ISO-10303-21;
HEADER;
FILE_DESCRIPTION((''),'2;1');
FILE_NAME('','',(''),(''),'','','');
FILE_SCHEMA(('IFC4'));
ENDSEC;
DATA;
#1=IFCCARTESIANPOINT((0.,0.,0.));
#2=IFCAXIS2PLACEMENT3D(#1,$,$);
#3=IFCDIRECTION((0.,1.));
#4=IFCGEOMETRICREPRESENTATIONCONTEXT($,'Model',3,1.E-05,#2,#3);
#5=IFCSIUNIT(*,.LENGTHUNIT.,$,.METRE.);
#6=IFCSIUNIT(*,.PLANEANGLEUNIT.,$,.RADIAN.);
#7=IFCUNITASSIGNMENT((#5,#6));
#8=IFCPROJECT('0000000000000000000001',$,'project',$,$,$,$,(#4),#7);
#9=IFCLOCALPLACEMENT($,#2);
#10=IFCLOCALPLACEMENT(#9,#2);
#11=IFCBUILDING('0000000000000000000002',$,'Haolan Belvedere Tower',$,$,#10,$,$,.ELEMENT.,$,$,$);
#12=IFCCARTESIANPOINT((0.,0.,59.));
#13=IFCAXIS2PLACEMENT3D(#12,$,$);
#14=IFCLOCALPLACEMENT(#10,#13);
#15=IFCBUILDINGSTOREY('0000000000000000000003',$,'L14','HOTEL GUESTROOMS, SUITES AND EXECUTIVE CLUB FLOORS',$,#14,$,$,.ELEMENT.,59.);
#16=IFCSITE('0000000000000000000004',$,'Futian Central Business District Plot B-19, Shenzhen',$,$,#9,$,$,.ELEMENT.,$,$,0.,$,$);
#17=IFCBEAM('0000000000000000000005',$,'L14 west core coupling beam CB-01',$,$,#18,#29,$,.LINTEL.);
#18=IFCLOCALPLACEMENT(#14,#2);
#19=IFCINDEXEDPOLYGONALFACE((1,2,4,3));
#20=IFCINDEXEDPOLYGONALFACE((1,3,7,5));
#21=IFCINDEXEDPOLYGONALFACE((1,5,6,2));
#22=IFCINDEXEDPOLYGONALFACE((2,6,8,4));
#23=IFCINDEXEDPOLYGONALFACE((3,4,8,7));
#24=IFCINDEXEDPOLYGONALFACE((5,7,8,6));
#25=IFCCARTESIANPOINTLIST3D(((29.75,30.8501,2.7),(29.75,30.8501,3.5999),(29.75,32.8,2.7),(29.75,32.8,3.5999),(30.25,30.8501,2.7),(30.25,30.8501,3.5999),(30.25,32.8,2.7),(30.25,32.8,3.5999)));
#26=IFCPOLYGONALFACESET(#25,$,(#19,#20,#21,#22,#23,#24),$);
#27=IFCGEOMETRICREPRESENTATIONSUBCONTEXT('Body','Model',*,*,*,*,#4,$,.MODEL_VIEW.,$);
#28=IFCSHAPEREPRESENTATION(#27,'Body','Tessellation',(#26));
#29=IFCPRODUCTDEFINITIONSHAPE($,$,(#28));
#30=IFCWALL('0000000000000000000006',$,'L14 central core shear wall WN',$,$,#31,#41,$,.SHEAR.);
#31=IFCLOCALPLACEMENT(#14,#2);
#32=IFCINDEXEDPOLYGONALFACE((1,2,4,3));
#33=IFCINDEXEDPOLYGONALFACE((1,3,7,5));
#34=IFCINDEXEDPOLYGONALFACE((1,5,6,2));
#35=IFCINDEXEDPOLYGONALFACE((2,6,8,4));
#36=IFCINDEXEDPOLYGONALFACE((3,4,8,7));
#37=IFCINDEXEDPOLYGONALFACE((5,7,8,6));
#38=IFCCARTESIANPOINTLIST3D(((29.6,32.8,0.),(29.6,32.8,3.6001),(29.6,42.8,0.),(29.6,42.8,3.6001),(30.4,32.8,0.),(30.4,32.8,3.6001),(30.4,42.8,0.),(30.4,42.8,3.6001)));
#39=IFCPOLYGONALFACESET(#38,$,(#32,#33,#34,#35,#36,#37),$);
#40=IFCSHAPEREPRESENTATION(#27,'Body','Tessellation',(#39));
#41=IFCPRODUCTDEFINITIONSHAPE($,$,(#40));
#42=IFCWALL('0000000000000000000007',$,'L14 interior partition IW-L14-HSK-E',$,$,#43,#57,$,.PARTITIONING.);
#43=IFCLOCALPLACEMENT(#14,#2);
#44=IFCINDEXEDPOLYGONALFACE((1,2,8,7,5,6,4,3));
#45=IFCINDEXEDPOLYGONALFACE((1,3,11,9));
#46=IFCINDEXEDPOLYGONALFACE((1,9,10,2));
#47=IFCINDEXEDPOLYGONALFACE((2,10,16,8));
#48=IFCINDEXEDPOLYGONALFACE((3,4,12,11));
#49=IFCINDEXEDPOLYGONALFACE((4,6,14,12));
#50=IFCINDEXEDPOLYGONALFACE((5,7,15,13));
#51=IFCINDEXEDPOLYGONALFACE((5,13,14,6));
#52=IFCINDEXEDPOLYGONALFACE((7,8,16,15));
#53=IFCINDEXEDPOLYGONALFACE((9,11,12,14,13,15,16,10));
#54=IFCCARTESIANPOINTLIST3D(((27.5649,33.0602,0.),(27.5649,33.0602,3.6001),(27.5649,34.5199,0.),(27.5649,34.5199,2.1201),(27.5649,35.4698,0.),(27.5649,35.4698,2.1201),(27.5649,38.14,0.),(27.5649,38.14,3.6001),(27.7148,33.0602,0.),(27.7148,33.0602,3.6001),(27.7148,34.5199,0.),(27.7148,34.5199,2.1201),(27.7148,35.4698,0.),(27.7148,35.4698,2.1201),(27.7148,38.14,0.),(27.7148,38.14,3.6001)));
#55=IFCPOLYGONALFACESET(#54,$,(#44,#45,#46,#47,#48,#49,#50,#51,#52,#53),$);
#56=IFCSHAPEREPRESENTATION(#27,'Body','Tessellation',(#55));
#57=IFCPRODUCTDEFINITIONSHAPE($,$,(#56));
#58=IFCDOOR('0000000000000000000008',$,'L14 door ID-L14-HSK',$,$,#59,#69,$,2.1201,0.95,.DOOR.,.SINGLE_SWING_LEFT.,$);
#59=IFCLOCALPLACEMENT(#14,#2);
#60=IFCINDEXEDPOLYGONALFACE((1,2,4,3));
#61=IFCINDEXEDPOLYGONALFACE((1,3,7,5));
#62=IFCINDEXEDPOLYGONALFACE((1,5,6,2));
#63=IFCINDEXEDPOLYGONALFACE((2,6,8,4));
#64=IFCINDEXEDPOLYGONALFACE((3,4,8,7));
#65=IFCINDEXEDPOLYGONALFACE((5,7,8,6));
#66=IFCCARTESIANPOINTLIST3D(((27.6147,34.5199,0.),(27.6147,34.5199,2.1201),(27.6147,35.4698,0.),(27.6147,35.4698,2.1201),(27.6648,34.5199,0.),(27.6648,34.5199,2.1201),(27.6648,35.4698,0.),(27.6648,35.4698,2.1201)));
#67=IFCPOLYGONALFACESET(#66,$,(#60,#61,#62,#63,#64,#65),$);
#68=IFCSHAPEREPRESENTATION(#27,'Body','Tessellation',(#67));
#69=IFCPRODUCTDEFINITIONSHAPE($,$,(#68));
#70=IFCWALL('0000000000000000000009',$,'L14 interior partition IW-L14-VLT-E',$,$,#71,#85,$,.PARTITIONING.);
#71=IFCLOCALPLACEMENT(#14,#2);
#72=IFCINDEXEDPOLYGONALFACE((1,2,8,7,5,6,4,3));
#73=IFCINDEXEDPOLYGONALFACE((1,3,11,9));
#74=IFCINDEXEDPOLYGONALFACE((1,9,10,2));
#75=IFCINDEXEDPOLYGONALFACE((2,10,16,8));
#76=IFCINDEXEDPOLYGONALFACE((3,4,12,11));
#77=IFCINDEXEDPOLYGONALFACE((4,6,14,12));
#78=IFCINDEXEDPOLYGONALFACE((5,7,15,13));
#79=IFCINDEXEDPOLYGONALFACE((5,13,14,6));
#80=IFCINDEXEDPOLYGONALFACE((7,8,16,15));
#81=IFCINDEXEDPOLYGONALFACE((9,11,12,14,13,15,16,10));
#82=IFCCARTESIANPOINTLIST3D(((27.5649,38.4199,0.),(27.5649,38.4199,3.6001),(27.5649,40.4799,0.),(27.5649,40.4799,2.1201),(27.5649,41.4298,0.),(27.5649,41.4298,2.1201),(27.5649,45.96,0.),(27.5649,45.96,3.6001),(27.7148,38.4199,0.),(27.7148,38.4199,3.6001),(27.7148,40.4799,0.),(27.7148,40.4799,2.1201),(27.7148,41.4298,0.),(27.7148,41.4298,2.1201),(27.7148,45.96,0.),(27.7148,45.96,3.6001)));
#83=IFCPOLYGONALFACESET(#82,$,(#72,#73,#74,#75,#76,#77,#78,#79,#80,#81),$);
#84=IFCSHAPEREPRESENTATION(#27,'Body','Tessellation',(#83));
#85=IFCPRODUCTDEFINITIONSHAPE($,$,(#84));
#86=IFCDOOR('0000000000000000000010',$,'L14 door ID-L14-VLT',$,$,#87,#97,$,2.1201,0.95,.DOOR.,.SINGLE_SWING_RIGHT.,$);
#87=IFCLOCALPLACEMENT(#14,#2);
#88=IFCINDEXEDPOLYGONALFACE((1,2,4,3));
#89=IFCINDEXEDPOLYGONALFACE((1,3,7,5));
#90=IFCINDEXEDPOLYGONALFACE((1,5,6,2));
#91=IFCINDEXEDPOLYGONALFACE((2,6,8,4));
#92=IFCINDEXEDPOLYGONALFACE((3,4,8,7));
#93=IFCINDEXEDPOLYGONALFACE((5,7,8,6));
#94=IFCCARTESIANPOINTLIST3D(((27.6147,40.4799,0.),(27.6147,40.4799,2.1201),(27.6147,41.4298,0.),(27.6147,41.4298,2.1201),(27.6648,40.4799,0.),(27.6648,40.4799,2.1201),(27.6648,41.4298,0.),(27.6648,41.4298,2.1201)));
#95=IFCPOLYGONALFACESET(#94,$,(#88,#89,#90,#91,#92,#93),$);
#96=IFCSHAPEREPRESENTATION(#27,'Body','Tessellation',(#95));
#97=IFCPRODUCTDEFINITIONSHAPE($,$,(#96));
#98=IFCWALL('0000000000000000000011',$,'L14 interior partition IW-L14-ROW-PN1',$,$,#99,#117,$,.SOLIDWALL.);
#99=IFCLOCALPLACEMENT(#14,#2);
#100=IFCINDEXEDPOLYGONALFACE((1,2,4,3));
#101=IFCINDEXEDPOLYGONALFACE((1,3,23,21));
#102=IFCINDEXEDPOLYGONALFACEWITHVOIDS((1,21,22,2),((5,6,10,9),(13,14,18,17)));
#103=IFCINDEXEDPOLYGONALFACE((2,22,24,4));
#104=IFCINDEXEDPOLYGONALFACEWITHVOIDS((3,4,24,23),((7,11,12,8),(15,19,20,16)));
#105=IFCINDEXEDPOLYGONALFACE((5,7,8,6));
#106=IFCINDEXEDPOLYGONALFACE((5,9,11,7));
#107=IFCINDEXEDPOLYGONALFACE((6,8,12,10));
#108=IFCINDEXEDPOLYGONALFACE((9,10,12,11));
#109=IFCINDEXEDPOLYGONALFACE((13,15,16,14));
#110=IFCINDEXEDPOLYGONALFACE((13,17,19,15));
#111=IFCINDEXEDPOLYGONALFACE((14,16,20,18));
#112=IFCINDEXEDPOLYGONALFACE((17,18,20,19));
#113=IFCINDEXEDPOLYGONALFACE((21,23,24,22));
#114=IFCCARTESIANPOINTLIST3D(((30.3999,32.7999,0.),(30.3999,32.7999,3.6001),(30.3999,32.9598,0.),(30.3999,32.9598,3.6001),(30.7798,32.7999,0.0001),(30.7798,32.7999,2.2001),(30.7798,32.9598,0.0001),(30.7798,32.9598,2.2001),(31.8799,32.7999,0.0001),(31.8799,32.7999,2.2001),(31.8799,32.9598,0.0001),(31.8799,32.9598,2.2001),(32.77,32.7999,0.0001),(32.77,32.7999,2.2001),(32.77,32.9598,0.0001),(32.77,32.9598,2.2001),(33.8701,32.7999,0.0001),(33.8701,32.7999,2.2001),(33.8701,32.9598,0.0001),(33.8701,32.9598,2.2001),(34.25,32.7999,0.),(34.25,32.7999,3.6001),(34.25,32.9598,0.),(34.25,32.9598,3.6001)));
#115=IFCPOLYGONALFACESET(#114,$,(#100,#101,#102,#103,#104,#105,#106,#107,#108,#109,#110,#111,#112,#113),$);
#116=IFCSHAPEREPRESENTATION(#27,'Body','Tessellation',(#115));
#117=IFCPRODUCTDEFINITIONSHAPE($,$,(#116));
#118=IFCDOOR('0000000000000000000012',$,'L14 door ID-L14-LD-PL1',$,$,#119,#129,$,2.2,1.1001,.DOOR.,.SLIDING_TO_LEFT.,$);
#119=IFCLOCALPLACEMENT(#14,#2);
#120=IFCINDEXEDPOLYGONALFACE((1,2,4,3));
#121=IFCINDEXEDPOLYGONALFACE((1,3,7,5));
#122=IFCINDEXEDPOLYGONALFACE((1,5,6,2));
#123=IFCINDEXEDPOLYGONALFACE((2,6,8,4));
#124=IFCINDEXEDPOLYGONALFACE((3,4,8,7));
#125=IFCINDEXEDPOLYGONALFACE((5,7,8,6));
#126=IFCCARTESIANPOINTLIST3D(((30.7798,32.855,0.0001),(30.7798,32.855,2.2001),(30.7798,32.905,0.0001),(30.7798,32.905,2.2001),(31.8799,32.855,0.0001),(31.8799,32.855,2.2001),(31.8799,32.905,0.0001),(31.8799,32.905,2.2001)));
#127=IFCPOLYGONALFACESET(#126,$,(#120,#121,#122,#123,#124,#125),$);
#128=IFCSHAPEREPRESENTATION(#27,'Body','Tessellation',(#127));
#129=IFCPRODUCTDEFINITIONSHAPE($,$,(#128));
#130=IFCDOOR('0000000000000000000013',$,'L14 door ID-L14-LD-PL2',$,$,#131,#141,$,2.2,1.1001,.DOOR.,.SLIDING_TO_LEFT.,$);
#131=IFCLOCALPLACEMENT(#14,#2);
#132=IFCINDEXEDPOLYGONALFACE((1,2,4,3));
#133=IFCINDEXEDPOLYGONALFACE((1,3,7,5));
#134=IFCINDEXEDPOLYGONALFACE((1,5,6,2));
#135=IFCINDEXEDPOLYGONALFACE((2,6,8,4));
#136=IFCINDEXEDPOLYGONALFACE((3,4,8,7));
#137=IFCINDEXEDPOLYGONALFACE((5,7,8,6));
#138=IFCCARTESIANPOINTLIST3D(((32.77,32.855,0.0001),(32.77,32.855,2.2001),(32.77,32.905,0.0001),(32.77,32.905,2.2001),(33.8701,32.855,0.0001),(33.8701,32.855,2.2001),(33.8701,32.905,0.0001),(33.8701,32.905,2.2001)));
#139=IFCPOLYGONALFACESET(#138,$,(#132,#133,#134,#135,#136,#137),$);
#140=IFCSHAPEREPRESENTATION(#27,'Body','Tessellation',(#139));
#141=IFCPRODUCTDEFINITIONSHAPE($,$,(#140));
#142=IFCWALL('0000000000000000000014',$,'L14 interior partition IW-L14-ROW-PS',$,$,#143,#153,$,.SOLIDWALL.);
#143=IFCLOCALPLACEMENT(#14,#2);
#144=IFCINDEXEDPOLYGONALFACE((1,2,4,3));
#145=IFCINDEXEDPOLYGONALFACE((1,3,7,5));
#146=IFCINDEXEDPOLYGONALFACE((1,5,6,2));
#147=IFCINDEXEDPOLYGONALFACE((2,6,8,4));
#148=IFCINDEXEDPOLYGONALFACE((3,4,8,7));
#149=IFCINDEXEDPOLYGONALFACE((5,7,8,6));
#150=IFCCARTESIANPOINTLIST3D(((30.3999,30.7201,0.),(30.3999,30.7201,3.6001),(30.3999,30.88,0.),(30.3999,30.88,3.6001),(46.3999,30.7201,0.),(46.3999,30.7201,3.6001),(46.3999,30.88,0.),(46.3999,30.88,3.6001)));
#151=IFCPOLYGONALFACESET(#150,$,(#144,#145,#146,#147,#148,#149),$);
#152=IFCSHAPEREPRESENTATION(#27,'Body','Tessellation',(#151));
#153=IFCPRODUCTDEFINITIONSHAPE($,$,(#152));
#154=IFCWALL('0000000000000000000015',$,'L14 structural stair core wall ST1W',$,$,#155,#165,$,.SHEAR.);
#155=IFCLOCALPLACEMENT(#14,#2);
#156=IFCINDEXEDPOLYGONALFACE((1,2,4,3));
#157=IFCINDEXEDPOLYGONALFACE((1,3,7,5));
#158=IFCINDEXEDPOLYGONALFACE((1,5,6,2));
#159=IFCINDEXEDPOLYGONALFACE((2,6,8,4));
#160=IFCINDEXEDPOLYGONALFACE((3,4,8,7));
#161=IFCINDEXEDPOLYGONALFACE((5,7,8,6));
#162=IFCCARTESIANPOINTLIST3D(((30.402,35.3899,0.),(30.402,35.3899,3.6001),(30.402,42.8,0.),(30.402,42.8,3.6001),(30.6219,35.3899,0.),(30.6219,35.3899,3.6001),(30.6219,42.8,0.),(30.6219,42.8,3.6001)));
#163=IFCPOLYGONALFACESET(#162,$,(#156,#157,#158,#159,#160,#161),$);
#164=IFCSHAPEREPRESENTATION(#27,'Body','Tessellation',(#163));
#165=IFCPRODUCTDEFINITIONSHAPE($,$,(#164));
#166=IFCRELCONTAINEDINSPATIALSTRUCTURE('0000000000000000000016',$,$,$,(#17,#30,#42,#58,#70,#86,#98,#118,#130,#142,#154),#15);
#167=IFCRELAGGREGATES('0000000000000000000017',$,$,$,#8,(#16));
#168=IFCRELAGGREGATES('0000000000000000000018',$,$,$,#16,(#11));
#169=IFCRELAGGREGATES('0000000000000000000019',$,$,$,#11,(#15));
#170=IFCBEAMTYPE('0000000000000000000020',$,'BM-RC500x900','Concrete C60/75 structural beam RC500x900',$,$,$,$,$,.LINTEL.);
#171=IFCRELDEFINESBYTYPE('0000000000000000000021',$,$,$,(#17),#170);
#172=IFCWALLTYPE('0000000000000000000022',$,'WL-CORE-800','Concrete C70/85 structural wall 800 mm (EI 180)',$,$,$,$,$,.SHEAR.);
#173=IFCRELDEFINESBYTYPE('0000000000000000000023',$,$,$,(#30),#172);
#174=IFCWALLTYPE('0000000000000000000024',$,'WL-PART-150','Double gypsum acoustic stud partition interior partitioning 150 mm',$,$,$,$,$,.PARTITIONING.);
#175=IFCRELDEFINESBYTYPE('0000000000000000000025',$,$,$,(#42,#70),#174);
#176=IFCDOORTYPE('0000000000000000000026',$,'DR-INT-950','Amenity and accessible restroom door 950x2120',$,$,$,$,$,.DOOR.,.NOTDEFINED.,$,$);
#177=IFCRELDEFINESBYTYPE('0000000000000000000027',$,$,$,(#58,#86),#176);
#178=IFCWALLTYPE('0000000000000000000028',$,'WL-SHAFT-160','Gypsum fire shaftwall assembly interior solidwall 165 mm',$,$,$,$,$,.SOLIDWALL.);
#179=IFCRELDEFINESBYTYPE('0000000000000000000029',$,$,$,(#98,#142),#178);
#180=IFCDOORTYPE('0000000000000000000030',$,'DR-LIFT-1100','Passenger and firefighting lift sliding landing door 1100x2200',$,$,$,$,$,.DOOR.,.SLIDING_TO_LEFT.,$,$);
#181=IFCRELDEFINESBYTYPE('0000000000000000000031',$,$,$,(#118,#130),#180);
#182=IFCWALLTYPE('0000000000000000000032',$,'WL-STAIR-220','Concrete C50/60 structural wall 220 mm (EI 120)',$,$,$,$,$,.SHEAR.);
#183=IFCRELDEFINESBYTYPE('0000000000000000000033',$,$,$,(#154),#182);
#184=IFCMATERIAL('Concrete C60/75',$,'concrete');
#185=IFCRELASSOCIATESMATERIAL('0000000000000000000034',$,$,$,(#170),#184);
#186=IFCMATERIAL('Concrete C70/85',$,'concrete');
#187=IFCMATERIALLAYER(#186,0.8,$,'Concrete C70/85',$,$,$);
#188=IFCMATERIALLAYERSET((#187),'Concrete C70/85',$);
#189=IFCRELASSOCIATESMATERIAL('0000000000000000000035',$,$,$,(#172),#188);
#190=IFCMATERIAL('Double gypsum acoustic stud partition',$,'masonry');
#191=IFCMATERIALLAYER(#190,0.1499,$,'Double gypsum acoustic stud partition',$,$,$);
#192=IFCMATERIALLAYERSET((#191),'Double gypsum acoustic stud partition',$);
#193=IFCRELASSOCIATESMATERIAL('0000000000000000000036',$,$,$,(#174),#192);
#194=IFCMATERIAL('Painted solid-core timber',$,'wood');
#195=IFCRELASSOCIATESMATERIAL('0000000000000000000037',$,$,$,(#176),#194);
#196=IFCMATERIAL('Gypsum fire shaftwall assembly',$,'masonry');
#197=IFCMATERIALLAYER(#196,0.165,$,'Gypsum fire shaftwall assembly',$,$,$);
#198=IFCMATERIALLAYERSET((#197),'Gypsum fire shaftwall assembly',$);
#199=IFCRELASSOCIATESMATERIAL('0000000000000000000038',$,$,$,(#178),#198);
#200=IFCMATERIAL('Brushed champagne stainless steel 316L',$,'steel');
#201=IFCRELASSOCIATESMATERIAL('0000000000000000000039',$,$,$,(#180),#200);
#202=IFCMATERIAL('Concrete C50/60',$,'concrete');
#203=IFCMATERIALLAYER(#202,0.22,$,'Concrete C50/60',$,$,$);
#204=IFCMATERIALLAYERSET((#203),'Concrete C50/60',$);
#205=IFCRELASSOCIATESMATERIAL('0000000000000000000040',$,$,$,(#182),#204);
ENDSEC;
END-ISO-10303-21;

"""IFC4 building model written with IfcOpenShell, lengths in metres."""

from ifc_helpers import new_model, si_unit, direction, frame, frame_2d, origin, origin_2d, place, context, subcontext, project, spatial, rectangle, extrude, material, layer, layer_set, material_profile, profile_set, type_object, element, fill, save


model = new_model("IFC4")

# Units and contexts
model_context = context("Model", 3, precision=1e-05, world=origin(), true_north=direction((0.0, 1.0)))
body_context = subcontext(model_context, "Body", "Model", "MODEL_VIEW")
ifc_project = project(units=[si_unit("LENGTHUNIT", "METRE"), si_unit("PLANEANGLEUNIT", "RADIAN")], contexts=[model_context])

# Site, building, storey
site_placement = place(None, origin())
site = spatial("IfcSite", under=ifc_project, at=site_placement, Name="Futian Central Business District Plot B-19, Shenzhen", CompositionType="ELEMENT", RefElevation=0.0)
building_placement = place(site_placement, origin())
building = spatial("IfcBuilding", under=site, at=building_placement, Name="Haolan Belvedere Tower", CompositionType="ELEMENT")
storey_placement = place(building_placement, frame((0.0, 0.0, 59.0)))
storey = spatial("IfcBuildingStorey", under=building, at=storey_placement, Name="L14", Description="HOTEL GUESTROOMS, SUITES AND EXECUTIVE CLUB FLOORS", CompositionType="ELEMENT", Elevation=59.0)

# Beam
ifc_material_1 = material(Name="Concrete C60/75", Category="concrete")
ifc_material_profile = material_profile(ifc_material_1, rectangle(XDim=0.5, YDim=0.8999, at=origin_2d()), Name="Concrete C60/75")
ifc_profile_set = profile_set([ifc_material_profile], Name="Concrete C60/75")
beam_type = type_object("IfcBeamType", Name="BM-RC500x900", Description="Concrete C60/75 structural beam RC500x900", PredefinedType="LINTEL", material=ifc_profile_set)
beam_placement = place(storey_placement, frame((30.0, 30.8501, 3.1499), z_axis=(0.0, 1.0, 0.0), x_axis=(-1.0, 0.0, 0.0)))
element("IfcBeam", 1, at=beam_placement, inside=storey, type_object=beam_type, Name="L14 west core coupling beam CB-01", PredefinedType="LINTEL", context=body_context, shape_type="SweptSolid", body=[
    extrude(rectangle(XDim=0.5, YDim=0.8999, at=origin_2d()), origin(), (0.0, 0.0, 1.0), 1.95),
])

# Wall
ifc_material_2 = material(Name="Concrete C70/85", Category="concrete")
ifc_layer_1 = layer(ifc_material_2, 0.8, Name="Concrete C70/85")
ifc_layer_set_1 = layer_set([ifc_layer_1], Name="Concrete C70/85")
wall_type_1 = type_object("IfcWallType", Name="WL-CORE-800", Description="Concrete C70/85 structural wall 800 mm (EI 180)", PredefinedType="SHEAR", material=ifc_layer_set_1)
wall_1_placement = place(storey_placement, frame((30.0, 32.8, 0.0), z_axis=(0.0, 0.0, 1.0), x_axis=(0.0, 1.0, 0.0)))
element("IfcWall", 2, at=wall_1_placement, inside=storey, type_object=wall_type_1, Name="L14 central core shear wall WN", PredefinedType="SHEAR", context=body_context, shape_type="SweptSolid", body=[
    extrude(rectangle(XDim=10.0, YDim=0.8, at=frame_2d((5.0, 0.0))), origin(), (0.0, 0.0, 1.0), 3.6001),
])

# Walls, openings, doors
ifc_material_3 = material(Name="Double gypsum acoustic stud partition", Category="masonry")
ifc_layer_2 = layer(ifc_material_3, 0.1499, Name="Double gypsum acoustic stud partition")
ifc_layer_set_2 = layer_set([ifc_layer_2], Name="Double gypsum acoustic stud partition")
wall_type_2 = type_object("IfcWallType", Name="WL-PART-150", Description="Double gypsum acoustic stud partition interior partitioning 150 mm", PredefinedType="PARTITIONING", material=ifc_layer_set_2)
wall_2_placement = place(storey_placement, frame((27.6399, 33.0601, 0.0), z_axis=(0.0, 0.0, 1.0), x_axis=(0.0, 1.0, 0.0)))
wall_2 = element("IfcWall", 3, at=wall_2_placement, inside=storey, type_object=wall_type_2, Name="L14 interior partition IW-L14-HSK-E", PredefinedType="PARTITIONING", context=body_context, shape_type="SweptSolid", body=[
    extrude(rectangle(XDim=5.0798, YDim=0.1499, at=frame_2d((2.54, 0.0))), origin(), (0.0, 0.0, 1.0), 3.6001),
])
opening_1_placement = place(wall_2_placement, frame((2.4099, 0.0, 0.0), z_axis=(0.0, 0.0, 1.0), x_axis=(-1.0, 0.0, 0.0)))
opening_1 = element("IfcOpeningElement", 4, at=opening_1_placement, cuts=wall_2, PredefinedType="OPENING", context=body_context, shape_type="SweptSolid", body=[
    extrude(rectangle(XDim=0.95, YDim=2.1201, at=frame_2d((0.4751, 1.0601))), frame((0.0, 0.085, 0.0), z_axis=(0.0, -1.0, 0.0), x_axis=(1.0, 0.0, 0.0)), (0.0, 0.0, 1.0), 0.1699),
])
ifc_material_4 = material(Name="Painted solid-core timber", Category="wood")
door_type_1 = type_object("IfcDoorType", Name="DR-INT-950", Description="Amenity and accessible restroom door 950x2120", OperationType="NOTDEFINED", PredefinedType="DOOR", material=ifc_material_4)
door_1_placement = place(opening_1_placement, origin())
door_1 = element("IfcDoor", 5, at=door_1_placement, inside=storey, type_object=door_type_1, Name="L14 door ID-L14-HSK", OperationType="SINGLE_SWING_LEFT", OverallHeight=2.1201, OverallWidth=0.95, PredefinedType="DOOR", context=body_context, shape_type="SweptSolid", body=[
    extrude(rectangle(XDim=0.95, YDim=2.1201, at=frame_2d((0.4751, 1.0601))), frame((0.0, 0.0249, 0.0), z_axis=(0.0, -1.0, 0.0), x_axis=(1.0, 0.0, 0.0)), (0.0, 0.0, 1.0), 0.05),
])
fill(opening_1, door_1)
wall_3_placement = place(storey_placement, frame((27.6399, 38.4199, 0.0), z_axis=(0.0, 0.0, 1.0), x_axis=(0.0, 1.0, 0.0)))
wall_3 = element("IfcWall", 6, at=wall_3_placement, inside=storey, type_object=wall_type_2, Name="L14 interior partition IW-L14-VLT-E", PredefinedType="PARTITIONING", context=body_context, shape_type="SweptSolid", body=[
    extrude(rectangle(XDim=7.54, YDim=0.1499, at=frame_2d((3.77, 0.0))), origin(), (0.0, 0.0, 1.0), 3.6001),
])
opening_2_placement = place(wall_3_placement, frame((3.01, 0.0, 0.0), z_axis=(0.0, 0.0, 1.0), x_axis=(-1.0, 0.0, 0.0)))
opening_2 = element("IfcOpeningElement", 7, at=opening_2_placement, cuts=wall_3, PredefinedType="OPENING", context=body_context, shape_type="SweptSolid", body=[
    extrude(rectangle(XDim=0.95, YDim=2.1201, at=frame_2d((0.4751, 1.0601))), frame((0.0, 0.085, 0.0), z_axis=(0.0, -1.0, 0.0), x_axis=(1.0, 0.0, 0.0)), (0.0, 0.0, 1.0), 0.1699),
])
door_2_placement = place(opening_2_placement, origin())
door_2 = element("IfcDoor", 8, at=door_2_placement, inside=storey, type_object=door_type_1, Name="L14 door ID-L14-VLT", OperationType="SINGLE_SWING_RIGHT", OverallHeight=2.1201, OverallWidth=0.95, PredefinedType="DOOR", context=body_context, shape_type="SweptSolid", body=[
    extrude(rectangle(XDim=0.95, YDim=2.1201, at=frame_2d((0.4751, 1.0601))), frame((0.0, 0.0249, 0.0), z_axis=(0.0, -1.0, 0.0), x_axis=(1.0, 0.0, 0.0)), (0.0, 0.0, 1.0), 0.05),
])
fill(opening_2, door_2)

# Wall, openings, doors
ifc_material_5 = material(Name="Gypsum fire shaftwall assembly", Category="masonry")
ifc_layer_3 = layer(ifc_material_5, 0.165, Name="Gypsum fire shaftwall assembly")
ifc_layer_set_3 = layer_set([ifc_layer_3], Name="Gypsum fire shaftwall assembly")
wall_type_3 = type_object("IfcWallType", Name="WL-SHAFT-160", Description="Gypsum fire shaftwall assembly interior solidwall 165 mm", PredefinedType="SOLIDWALL", material=ifc_layer_set_3)
wall_4_placement = place(storey_placement, frame((30.3999, 32.8799, 0.0), z_axis=(0.0, 0.0, 1.0), x_axis=(1.0, 0.0, 0.0)))
wall_4 = element("IfcWall", 9, at=wall_4_placement, inside=storey, type_object=wall_type_3, Name="L14 interior partition IW-L14-ROW-PN1", PredefinedType="SOLIDWALL", context=body_context, shape_type="SweptSolid", body=[
    extrude(rectangle(XDim=3.8501, YDim=0.1599, at=frame_2d((1.925, 0.0))), origin(), (0.0, 0.0, 1.0), 3.6001),
])
opening_3_placement = place(wall_4_placement, frame((1.48, 0.0, 0.0), z_axis=(0.0, 0.0, 1.0), x_axis=(-1.0, 0.0, 0.0)))
opening_3 = element("IfcOpeningElement", 10, at=opening_3_placement, cuts=wall_4, PredefinedType="OPENING", context=body_context, shape_type="SweptSolid", body=[
    extrude(rectangle(XDim=1.1001, YDim=2.2, at=frame_2d((0.55, 1.1001))), frame((0.0, 0.0898, 0.0), z_axis=(0.0, -1.0, 0.0), x_axis=(1.0, 0.0, 0.0)), (0.0, 0.0, 1.0), 0.1799),
])
opening_4_placement = place(wall_4_placement, frame((3.4702, 0.0, 0.0), z_axis=(0.0, 0.0, 1.0), x_axis=(-1.0, 0.0, 0.0)))
opening_4 = element("IfcOpeningElement", 11, at=opening_4_placement, cuts=wall_4, PredefinedType="OPENING", context=body_context, shape_type="SweptSolid", body=[
    extrude(rectangle(XDim=1.1001, YDim=2.2, at=frame_2d((0.55, 1.1001))), frame((0.0, 0.0898, 0.0), z_axis=(0.0, -1.0, 0.0), x_axis=(1.0, 0.0, 0.0)), (0.0, 0.0, 1.0), 0.1799),
])
ifc_material_6 = material(Name="Brushed champagne stainless steel 316L", Category="steel")
door_type_2 = type_object("IfcDoorType", Name="DR-LIFT-1100", Description="Passenger and firefighting lift sliding landing door 1100x2200", OperationType="SLIDING_TO_LEFT", PredefinedType="DOOR", material=ifc_material_6)
door_3_placement = place(opening_3_placement, origin())
door_3 = element("IfcDoor", 12, at=door_3_placement, inside=storey, type_object=door_type_2, Name="L14 door ID-L14-LD-PL1", OperationType="SLIDING_TO_LEFT", OverallHeight=2.2, OverallWidth=1.1001, PredefinedType="DOOR", context=body_context, shape_type="SweptSolid", body=[
    extrude(rectangle(XDim=1.1001, YDim=2.2, at=frame_2d((0.55, 1.1001))), frame((0.0, 0.0249, 0.0), z_axis=(0.0, -1.0, 0.0), x_axis=(1.0, 0.0, 0.0)), (0.0, 0.0, 1.0), 0.05),
])
fill(opening_3, door_3)
door_4_placement = place(opening_4_placement, origin())
door_4 = element("IfcDoor", 13, at=door_4_placement, inside=storey, type_object=door_type_2, Name="L14 door ID-L14-LD-PL2", OperationType="SLIDING_TO_LEFT", OverallHeight=2.2, OverallWidth=1.1001, PredefinedType="DOOR", context=body_context, shape_type="SweptSolid", body=[
    extrude(rectangle(XDim=1.1001, YDim=2.2, at=frame_2d((0.55, 1.1001))), frame((0.0, 0.0249, 0.0), z_axis=(0.0, -1.0, 0.0), x_axis=(1.0, 0.0, 0.0)), (0.0, 0.0, 1.0), 0.05),
])
fill(opening_4, door_4)

# Walls
wall_5_placement = place(storey_placement, frame((30.3999, 30.8, 0.0), z_axis=(0.0, 0.0, 1.0), x_axis=(1.0, 0.0, 0.0)))
element("IfcWall", 14, at=wall_5_placement, inside=storey, type_object=wall_type_3, Name="L14 interior partition IW-L14-ROW-PS", PredefinedType="SOLIDWALL", context=body_context, shape_type="SweptSolid", body=[
    extrude(rectangle(XDim=16.0, YDim=0.1599, at=frame_2d((8.0, 0.0))), origin(), (0.0, 0.0, 1.0), 3.6001),
])
ifc_material_7 = material(Name="Concrete C50/60", Category="concrete")
ifc_layer_4 = layer(ifc_material_7, 0.22, Name="Concrete C50/60")
ifc_layer_set_4 = layer_set([ifc_layer_4], Name="Concrete C50/60")
wall_type_4 = type_object("IfcWallType", Name="WL-STAIR-220", Description="Concrete C50/60 structural wall 220 mm (EI 120)", PredefinedType="SHEAR", material=ifc_layer_set_4)
wall_6_placement = place(storey_placement, frame((30.512, 35.3899, 0.0), z_axis=(0.0, 0.0, 1.0), x_axis=(0.0, 1.0, 0.0)))
element("IfcWall", 15, at=wall_6_placement, inside=storey, type_object=wall_type_4, Name="L14 structural stair core wall ST1W", PredefinedType="SHEAR", context=body_context, shape_type="SweptSolid", body=[
    extrude(rectangle(XDim=7.4102, YDim=0.22, at=frame_2d((3.7051, 0.0))), origin(), (0.0, 0.0, 1.0), 3.6001),
])

save(model, "model.ifc")
